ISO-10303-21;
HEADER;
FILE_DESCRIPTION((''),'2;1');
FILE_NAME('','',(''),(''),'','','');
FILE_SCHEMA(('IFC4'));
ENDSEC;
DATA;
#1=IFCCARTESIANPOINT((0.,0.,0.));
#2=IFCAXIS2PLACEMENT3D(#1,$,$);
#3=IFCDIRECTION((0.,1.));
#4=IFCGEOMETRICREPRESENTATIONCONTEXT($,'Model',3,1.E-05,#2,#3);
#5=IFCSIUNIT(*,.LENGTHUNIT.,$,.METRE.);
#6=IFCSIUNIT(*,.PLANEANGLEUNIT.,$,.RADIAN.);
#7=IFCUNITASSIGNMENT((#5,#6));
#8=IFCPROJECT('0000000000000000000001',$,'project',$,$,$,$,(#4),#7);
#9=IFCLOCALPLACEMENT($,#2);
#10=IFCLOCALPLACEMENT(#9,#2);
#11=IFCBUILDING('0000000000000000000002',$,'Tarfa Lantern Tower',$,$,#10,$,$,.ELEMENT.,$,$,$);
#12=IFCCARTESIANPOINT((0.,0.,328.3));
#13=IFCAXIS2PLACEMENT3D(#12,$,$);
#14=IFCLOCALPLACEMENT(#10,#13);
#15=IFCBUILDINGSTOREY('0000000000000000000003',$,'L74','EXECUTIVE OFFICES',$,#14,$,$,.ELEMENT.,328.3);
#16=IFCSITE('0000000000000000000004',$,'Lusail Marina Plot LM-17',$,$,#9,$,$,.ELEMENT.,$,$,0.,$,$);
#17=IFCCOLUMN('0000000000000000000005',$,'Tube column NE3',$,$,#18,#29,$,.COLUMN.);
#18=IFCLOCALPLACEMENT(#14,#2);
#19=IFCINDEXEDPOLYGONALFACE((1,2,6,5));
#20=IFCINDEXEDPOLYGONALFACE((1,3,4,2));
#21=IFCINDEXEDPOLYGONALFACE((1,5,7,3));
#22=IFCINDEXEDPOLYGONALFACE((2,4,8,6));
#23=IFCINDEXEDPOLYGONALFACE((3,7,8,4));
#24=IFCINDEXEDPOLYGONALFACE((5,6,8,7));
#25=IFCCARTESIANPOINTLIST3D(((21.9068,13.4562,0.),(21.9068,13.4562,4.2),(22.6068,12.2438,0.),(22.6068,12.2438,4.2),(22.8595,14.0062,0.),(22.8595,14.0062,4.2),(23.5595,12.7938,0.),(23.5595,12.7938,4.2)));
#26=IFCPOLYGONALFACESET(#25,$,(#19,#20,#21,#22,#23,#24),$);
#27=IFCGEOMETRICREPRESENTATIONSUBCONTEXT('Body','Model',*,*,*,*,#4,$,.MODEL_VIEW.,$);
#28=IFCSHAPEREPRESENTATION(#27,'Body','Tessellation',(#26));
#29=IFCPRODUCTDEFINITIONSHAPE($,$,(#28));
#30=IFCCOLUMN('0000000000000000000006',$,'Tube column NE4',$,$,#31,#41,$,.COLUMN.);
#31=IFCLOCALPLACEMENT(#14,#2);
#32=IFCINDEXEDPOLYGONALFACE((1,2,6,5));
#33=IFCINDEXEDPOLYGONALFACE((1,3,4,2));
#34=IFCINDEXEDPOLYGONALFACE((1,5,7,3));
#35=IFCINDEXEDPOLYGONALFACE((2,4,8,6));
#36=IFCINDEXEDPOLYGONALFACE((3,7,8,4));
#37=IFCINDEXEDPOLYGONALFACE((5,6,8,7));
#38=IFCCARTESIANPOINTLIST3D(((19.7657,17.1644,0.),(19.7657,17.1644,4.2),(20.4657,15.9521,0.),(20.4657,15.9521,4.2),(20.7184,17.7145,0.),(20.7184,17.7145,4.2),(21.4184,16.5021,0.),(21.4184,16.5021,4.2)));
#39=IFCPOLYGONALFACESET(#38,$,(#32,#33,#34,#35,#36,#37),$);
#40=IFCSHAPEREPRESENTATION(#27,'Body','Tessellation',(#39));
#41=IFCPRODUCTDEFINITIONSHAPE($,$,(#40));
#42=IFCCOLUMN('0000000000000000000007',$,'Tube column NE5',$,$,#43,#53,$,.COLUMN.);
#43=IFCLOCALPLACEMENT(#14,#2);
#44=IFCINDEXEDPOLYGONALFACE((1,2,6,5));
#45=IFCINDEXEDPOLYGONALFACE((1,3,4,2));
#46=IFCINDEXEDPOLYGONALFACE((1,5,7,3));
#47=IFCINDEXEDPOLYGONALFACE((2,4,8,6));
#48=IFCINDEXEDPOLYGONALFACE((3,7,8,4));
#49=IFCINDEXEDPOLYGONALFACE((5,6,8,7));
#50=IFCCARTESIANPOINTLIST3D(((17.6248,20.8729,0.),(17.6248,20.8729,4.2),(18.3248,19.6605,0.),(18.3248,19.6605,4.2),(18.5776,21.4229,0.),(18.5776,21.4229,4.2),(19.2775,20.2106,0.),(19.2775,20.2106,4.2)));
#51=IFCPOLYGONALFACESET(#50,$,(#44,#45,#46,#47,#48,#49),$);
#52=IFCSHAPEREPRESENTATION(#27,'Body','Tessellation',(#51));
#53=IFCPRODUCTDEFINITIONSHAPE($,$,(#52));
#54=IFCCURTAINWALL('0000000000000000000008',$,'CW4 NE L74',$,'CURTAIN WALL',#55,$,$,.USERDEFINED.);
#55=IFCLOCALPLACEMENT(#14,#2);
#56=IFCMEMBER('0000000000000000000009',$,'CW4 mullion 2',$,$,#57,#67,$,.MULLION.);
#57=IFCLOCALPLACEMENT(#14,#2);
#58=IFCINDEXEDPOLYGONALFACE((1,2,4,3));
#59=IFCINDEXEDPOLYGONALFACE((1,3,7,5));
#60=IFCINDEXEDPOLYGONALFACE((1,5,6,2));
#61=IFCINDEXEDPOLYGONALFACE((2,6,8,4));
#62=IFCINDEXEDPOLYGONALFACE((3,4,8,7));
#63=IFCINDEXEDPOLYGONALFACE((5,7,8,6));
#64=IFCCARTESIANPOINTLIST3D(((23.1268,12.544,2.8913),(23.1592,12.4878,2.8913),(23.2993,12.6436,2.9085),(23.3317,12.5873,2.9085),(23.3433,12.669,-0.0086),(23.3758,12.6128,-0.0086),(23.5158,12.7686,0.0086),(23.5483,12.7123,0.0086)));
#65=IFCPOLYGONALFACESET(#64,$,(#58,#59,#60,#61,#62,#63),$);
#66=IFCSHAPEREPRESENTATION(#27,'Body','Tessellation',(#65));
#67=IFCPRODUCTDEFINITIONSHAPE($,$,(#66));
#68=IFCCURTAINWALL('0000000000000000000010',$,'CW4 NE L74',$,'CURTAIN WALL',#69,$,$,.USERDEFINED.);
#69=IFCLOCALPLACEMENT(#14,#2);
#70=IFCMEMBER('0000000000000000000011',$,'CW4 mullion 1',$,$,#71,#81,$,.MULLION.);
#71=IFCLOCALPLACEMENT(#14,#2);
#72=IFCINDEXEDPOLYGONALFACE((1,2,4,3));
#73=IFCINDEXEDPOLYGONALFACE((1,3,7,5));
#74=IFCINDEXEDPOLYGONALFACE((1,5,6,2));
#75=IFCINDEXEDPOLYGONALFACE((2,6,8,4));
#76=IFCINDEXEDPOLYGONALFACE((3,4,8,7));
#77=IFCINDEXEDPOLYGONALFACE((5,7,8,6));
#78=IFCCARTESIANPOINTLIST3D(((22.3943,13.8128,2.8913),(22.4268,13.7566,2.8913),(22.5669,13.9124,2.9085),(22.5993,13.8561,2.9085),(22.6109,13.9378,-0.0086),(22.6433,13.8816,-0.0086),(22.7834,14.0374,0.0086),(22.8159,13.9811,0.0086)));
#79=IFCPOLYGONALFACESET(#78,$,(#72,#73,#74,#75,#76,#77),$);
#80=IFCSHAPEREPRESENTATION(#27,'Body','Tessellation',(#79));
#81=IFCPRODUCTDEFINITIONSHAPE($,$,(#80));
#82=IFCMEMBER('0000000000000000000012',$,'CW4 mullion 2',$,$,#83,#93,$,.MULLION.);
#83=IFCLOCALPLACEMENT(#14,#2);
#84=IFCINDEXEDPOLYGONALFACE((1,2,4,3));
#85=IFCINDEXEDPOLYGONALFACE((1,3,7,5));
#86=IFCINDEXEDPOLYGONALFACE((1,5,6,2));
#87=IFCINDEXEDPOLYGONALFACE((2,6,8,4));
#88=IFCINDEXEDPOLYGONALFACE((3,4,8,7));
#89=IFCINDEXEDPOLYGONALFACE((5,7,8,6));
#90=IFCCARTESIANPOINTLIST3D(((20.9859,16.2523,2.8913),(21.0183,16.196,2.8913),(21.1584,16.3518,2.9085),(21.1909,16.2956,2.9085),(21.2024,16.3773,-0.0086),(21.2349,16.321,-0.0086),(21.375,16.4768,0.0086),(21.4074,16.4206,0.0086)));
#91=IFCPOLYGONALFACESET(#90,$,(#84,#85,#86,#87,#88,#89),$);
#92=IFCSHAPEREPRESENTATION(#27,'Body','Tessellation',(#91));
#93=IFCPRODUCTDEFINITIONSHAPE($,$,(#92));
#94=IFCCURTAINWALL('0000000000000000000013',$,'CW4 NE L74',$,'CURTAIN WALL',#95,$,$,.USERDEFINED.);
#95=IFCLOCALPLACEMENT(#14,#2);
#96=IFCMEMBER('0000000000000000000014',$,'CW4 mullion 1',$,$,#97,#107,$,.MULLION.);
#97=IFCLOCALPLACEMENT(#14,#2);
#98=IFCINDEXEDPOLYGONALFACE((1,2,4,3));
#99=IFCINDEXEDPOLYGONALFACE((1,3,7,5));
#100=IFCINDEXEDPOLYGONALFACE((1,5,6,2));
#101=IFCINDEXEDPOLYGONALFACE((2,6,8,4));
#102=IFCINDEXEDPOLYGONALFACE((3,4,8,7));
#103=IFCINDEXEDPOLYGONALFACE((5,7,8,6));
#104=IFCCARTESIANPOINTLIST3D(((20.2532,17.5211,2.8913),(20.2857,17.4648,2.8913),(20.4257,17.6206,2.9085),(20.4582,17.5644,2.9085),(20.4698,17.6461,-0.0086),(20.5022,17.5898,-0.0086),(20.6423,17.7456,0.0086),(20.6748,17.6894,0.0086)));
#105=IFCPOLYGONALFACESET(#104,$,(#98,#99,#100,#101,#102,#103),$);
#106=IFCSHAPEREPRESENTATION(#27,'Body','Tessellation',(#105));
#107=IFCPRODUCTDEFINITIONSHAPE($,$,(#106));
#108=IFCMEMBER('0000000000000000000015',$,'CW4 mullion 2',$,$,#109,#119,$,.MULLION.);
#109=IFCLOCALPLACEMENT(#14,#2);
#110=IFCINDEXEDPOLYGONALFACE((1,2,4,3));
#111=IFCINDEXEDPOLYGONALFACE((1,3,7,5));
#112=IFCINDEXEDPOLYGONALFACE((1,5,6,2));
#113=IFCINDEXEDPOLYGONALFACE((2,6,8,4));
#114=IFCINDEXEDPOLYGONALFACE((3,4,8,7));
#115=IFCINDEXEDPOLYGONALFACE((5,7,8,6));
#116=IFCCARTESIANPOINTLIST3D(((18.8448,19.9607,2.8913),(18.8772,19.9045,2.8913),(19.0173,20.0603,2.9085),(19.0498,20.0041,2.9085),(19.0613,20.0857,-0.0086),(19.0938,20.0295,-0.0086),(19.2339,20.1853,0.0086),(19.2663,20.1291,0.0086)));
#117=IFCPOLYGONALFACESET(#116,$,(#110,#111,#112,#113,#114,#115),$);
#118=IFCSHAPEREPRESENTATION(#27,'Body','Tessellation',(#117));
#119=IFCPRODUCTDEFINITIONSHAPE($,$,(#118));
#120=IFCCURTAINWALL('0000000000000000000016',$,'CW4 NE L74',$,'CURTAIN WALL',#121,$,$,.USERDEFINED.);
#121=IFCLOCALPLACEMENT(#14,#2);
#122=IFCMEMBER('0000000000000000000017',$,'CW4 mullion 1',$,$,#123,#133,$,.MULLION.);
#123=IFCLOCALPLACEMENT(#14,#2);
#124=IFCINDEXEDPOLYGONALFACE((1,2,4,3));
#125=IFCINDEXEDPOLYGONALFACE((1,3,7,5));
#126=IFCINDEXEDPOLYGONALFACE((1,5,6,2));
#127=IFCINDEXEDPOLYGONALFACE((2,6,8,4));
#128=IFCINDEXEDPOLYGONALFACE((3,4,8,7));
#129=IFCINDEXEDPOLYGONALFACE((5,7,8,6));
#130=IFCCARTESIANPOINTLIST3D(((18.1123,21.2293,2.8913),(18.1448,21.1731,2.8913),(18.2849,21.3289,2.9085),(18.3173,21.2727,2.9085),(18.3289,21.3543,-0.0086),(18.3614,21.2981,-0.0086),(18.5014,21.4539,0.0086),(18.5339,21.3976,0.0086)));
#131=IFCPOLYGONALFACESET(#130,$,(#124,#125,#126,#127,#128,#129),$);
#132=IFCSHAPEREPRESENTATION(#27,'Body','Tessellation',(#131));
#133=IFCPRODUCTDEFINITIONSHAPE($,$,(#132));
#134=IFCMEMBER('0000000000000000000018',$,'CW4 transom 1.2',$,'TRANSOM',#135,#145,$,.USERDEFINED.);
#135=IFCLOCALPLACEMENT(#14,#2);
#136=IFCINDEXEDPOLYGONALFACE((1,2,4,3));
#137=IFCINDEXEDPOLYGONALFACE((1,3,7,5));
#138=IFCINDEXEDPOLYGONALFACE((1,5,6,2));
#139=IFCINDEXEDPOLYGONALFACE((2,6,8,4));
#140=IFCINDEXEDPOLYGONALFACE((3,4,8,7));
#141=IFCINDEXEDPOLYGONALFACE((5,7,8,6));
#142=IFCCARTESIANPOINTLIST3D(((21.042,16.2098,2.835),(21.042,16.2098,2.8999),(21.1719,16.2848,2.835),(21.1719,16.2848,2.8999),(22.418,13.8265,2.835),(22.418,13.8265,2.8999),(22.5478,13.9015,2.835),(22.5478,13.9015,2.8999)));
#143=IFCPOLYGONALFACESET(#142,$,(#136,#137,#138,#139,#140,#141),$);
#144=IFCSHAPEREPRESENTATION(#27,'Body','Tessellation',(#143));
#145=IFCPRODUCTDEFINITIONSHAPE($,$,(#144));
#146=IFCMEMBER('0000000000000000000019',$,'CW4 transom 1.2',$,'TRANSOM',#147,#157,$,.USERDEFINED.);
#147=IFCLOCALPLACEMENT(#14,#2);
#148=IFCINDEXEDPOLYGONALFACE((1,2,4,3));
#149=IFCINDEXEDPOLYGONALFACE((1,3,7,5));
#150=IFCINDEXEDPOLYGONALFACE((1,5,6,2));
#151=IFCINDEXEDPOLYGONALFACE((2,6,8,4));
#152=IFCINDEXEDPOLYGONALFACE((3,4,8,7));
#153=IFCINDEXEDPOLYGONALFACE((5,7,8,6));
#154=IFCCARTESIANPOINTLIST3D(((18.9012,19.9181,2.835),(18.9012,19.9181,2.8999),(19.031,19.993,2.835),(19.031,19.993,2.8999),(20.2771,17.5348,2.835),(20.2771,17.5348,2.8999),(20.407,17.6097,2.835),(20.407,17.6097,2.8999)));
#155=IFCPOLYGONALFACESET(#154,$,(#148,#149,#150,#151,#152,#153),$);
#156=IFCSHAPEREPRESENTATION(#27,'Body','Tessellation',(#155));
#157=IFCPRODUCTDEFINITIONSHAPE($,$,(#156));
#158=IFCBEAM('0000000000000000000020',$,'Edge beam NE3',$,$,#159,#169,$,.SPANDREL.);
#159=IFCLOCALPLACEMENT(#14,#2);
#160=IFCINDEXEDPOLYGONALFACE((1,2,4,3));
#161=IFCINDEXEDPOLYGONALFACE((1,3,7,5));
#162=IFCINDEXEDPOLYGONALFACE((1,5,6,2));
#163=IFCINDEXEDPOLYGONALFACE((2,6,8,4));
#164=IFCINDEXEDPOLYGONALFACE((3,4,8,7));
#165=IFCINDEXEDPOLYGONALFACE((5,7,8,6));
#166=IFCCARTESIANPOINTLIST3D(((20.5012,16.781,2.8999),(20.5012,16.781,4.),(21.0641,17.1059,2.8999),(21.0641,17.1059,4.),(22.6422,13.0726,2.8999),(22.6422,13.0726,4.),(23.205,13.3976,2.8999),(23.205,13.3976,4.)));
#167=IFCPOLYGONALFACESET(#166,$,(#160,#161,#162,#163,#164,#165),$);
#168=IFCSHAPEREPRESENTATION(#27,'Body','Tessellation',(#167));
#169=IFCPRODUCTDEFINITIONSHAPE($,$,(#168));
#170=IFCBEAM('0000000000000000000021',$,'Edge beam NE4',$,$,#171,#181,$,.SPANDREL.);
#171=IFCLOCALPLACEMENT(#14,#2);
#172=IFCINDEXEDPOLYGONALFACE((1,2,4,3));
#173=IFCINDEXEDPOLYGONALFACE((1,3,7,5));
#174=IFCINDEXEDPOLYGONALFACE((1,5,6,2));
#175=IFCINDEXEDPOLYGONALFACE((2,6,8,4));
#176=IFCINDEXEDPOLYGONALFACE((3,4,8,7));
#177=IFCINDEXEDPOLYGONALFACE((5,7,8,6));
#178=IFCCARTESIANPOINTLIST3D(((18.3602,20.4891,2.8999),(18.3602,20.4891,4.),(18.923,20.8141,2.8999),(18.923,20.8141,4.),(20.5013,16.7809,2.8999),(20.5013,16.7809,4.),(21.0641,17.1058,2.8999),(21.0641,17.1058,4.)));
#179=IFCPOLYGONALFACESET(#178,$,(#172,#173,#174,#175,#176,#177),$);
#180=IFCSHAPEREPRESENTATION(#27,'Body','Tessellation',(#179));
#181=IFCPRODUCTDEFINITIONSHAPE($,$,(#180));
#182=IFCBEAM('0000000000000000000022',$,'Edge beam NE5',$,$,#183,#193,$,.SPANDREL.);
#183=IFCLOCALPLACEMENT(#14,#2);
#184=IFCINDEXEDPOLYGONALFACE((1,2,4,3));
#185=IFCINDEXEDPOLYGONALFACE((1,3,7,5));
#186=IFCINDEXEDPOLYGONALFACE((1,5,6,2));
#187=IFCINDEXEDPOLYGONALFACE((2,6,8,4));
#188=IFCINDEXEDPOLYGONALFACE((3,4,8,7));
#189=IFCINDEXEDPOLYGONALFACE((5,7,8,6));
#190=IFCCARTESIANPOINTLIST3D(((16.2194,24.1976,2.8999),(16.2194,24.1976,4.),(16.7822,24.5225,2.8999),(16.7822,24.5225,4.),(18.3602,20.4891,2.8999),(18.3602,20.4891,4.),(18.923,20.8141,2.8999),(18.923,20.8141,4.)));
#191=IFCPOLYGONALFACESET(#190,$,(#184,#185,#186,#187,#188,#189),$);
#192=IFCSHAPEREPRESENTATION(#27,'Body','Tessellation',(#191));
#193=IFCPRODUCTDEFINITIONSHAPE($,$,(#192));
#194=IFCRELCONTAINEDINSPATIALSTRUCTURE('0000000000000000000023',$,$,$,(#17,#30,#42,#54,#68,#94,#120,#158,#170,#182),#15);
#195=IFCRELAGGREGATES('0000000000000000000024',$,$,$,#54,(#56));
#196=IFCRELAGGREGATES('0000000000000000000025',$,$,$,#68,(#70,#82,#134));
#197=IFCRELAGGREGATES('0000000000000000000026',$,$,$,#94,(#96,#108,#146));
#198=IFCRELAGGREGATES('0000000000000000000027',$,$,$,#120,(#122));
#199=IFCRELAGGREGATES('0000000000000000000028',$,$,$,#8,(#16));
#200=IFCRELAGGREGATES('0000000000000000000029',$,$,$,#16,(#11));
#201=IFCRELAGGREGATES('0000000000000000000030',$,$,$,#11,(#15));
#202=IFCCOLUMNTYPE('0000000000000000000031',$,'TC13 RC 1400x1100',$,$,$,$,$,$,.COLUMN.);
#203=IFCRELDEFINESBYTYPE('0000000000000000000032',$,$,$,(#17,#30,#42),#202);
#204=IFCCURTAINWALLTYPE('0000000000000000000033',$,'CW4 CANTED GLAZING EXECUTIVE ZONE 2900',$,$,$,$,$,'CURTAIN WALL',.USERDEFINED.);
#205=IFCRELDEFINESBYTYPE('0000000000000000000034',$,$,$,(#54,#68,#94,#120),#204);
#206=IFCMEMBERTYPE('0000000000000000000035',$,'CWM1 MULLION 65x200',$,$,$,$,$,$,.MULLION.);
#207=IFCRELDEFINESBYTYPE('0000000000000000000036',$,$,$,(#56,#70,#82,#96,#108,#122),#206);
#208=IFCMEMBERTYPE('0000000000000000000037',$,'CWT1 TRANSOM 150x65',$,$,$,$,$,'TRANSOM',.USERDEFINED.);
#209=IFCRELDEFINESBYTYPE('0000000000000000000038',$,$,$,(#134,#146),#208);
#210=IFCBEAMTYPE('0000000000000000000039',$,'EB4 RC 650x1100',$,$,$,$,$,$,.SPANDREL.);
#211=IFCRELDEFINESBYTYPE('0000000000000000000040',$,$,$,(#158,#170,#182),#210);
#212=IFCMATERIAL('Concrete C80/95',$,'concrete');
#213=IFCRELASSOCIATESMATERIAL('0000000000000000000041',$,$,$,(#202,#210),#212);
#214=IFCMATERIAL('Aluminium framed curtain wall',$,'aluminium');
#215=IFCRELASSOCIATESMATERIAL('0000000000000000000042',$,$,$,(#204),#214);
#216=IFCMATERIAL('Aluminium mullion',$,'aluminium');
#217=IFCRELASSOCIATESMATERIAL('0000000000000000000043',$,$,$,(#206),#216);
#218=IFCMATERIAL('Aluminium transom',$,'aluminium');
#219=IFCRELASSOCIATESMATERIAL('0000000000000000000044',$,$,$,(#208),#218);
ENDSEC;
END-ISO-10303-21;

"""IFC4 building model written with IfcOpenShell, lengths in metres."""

from ifc_helpers import new_model, si_unit, direction, frame, origin, origin_2d, place, context, subcontext, project, spatial, rectangle, extrude, material, material_profile, profile_set, type_object, element, aggregate, save


model = new_model("IFC4")

# Units and contexts
model_context = context("Model", 3, precision=1e-05, world=origin(), true_north=direction((0.0, 1.0)))
body_context = subcontext(model_context, "Body", "Model", "MODEL_VIEW")
ifc_project = project(units=[si_unit("LENGTHUNIT", "METRE"), si_unit("PLANEANGLEUNIT", "RADIAN")], contexts=[model_context])

# Site, building, storey
site_placement = place(None, origin())
site = spatial("IfcSite", under=ifc_project, at=site_placement, Name="Lusail Marina Plot LM-17", CompositionType="ELEMENT", RefElevation=0.0)
building_placement = place(site_placement, origin())
building = spatial("IfcBuilding", under=site, at=building_placement, Name="Tarfa Lantern Tower", CompositionType="ELEMENT")
storey_placement = place(building_placement, frame((0.0, 0.0, 328.3)))
storey = spatial("IfcBuildingStorey", under=building, at=storey_placement, Name="L74", Description="EXECUTIVE OFFICES", CompositionType="ELEMENT", Elevation=328.3)

# Columns
ifc_material_1 = material(Name="Concrete C80/95", Category="concrete")
ifc_material_profile_1 = material_profile(ifc_material_1, rectangle(XDim=1.3999, YDim=1.1001, at=origin_2d()), Name="RC 1400x1100")
ifc_profile_set_1 = profile_set([ifc_material_profile_1], Name="Concrete C80/95")
column_type = type_object("IfcColumnType", Name="TC13 RC 1400x1100", PredefinedType="COLUMN", material=ifc_profile_set_1)
for number, where, z_axis, x_axis, name in (
    (1, (22.7332, 13.125, 0.0), (0.0, 0.0, 1.0), (-0.5, 0.866025, 0.0), "Tube column NE3"),
    (2, (20.592, 16.8333, 0.0), (0.0, 0.0, 1.0), (-0.5, 0.866025, 0.0), "Tube column NE4"),
    (3, (18.4512, 20.5417, 0.0), (0.0, 0.0, 1.0), (-0.5, 0.866025, 0.0), "Tube column NE5"),
):
    element("IfcColumn", number, at=place(storey_placement, frame(where, z_axis=z_axis, x_axis=x_axis)), inside=storey, type_object=column_type, Name=name, PredefinedType="COLUMN", context=body_context, shape_type="SweptSolid", body=[
        extrude(rectangle(XDim=1.3999, YDim=1.1001, at=origin_2d()), origin(), (0.0, 0.0, 1.0), 4.2),
    ])

# Curtain wall, member
ifc_material_2 = material(Name="Aluminium framed curtain wall", Category="aluminium")
curtain_wall_type = type_object("IfcCurtainWallType", Name="CW4 CANTED GLAZING EXECUTIVE ZONE 2900", ElementType="CURTAIN WALL", PredefinedType="USERDEFINED", material=ifc_material_2)
curtain_wall_1_placement = place(storey_placement, origin())
curtain_wall_1 = element("IfcCurtainWall", 4, at=curtain_wall_1_placement, inside=storey, type_object=curtain_wall_type, Name="CW4 NE L74", ObjectType="CURTAIN WALL", PredefinedType="USERDEFINED")
ifc_material_3 = material(Name="Aluminium mullion", Category="aluminium")
ifc_material_profile_2 = material_profile(ifc_material_3, rectangle(XDim=0.0649, YDim=0.2, at=origin_2d()), Name="AL MULLION 65x200")
ifc_profile_set_2 = profile_set([ifc_material_profile_2], Name="Aluminium mullion")
member_type_1 = type_object("IfcMemberType", Name="CWM1 MULLION 65x200", PredefinedType="MULLION", material=ifc_profile_set_2)
member_1_placement = place(storey_placement, frame((23.4458, 12.6907, 0.0), z_axis=(-0.0744, -0.042946, 0.996303), x_axis=(0.49992, -0.866072, 0.0)))
member_1 = element("IfcMember", 5, at=member_1_placement, type_object=member_type_1, Name="CW4 mullion 2", PredefinedType="MULLION", context=body_context, shape_type="SweptSolid", body=[
    extrude(rectangle(XDim=0.0649, YDim=0.2, at=origin_2d()), origin(), (0.0, 0.0, 1.0), 2.9106),
])
aggregate(curtain_wall_1, [member_1])

# Curtain walls, members
curtain_wall_2_placement = place(storey_placement, origin())
curtain_wall_2 = element("IfcCurtainWall", 6, at=curtain_wall_2_placement, inside=storey, type_object=curtain_wall_type, Name="CW4 NE L74", ObjectType="CURTAIN WALL", PredefinedType="USERDEFINED")
member_2_placement = place(storey_placement, frame((22.7134, 13.9595, 0.0), z_axis=(-0.0744, -0.042946, 0.996303), x_axis=(0.49992, -0.866072, 0.0)))
member_2 = element("IfcMember", 7, at=member_2_placement, type_object=member_type_1, Name="CW4 mullion 1", PredefinedType="MULLION", context=body_context, shape_type="SweptSolid", body=[
    extrude(rectangle(XDim=0.0649, YDim=0.2, at=origin_2d()), origin(), (0.0, 0.0, 1.0), 2.9106),
])
member_3_placement = place(storey_placement, frame((21.3049, 16.3989, 0.0), z_axis=(-0.0744, -0.042946, 0.996303), x_axis=(0.49992, -0.866072, 0.0)))
member_3 = element("IfcMember", 8, at=member_3_placement, type_object=member_type_1, Name="CW4 mullion 2", PredefinedType="MULLION", context=body_context, shape_type="SweptSolid", body=[
    extrude(rectangle(XDim=0.0649, YDim=0.2, at=origin_2d()), origin(), (0.0, 0.0, 1.0), 2.9106),
])
curtain_wall_3_placement = place(storey_placement, origin())
curtain_wall_3 = element("IfcCurtainWall", 9, at=curtain_wall_3_placement, inside=storey, type_object=curtain_wall_type, Name="CW4 NE L74", ObjectType="CURTAIN WALL", PredefinedType="USERDEFINED")
member_4_placement = place(storey_placement, frame((20.5723, 17.6677, 0.0), z_axis=(-0.0744, -0.042946, 0.996303), x_axis=(0.49992, -0.866072, 0.0)))
member_4 = element("IfcMember", 10, at=member_4_placement, type_object=member_type_1, Name="CW4 mullion 1", PredefinedType="MULLION", context=body_context, shape_type="SweptSolid", body=[
    extrude(rectangle(XDim=0.0649, YDim=0.2, at=origin_2d()), origin(), (0.0, 0.0, 1.0), 2.9106),
])
member_5_placement = place(storey_placement, frame((19.1638, 20.1074, 0.0), z_axis=(-0.0744, -0.042946, 0.996303), x_axis=(0.49992, -0.866072, 0.0)))
member_5 = element("IfcMember", 11, at=member_5_placement, type_object=member_type_1, Name="CW4 mullion 2", PredefinedType="MULLION", context=body_context, shape_type="SweptSolid", body=[
    extrude(rectangle(XDim=0.0649, YDim=0.2, at=origin_2d()), origin(), (0.0, 0.0, 1.0), 2.9106),
])

# Curtain wall, member
curtain_wall_4_placement = place(storey_placement, origin())
curtain_wall_4 = element("IfcCurtainWall", 12, at=curtain_wall_4_placement, inside=storey, type_object=curtain_wall_type, Name="CW4 NE L74", ObjectType="CURTAIN WALL", PredefinedType="USERDEFINED")
member_6_placement = place(storey_placement, frame((18.4314, 21.376, 0.0), z_axis=(-0.0744, -0.042946, 0.996303), x_axis=(0.49992, -0.866072, 0.0)))
member_6 = element("IfcMember", 13, at=member_6_placement, type_object=member_type_1, Name="CW4 mullion 1", PredefinedType="MULLION", context=body_context, shape_type="SweptSolid", body=[
    extrude(rectangle(XDim=0.0649, YDim=0.2, at=origin_2d()), origin(), (0.0, 0.0, 1.0), 2.9106),
])

# Members
ifc_material_4 = material(Name="Aluminium transom", Category="aluminium")
ifc_material_profile_3 = material_profile(ifc_material_4, rectangle(XDim=0.1499, YDim=0.0649, at=origin_2d()), Name="AL TRANSOM 150x65")
ifc_profile_set_3 = profile_set([ifc_material_profile_3], Name="Aluminium transom")
member_type_2 = type_object("IfcMemberType", Name="CWT1 TRANSOM 150x65", ElementType="TRANSOM", PredefinedType="USERDEFINED", material=ifc_profile_set_3)
member_7_placement = place(storey_placement, frame((22.4829, 13.864, 2.8674), z_axis=(-0.499994, 0.866029, 0.0), x_axis=(-0.866029, -0.499994, 0.0)))
member_7 = element("IfcMember", 14, at=member_7_placement, type_object=member_type_2, Name="CW4 transom 1.2", ObjectType="TRANSOM", PredefinedType="USERDEFINED", context=body_context, shape_type="SweptSolid", body=[
    extrude(rectangle(XDim=0.1499, YDim=0.0649, at=origin_2d()), origin(), (0.0, 0.0, 1.0), 2.752),
])
member_8_placement = place(storey_placement, frame((20.342, 17.5723, 2.8674), z_axis=(-0.499994, 0.866029, 0.0), x_axis=(-0.866029, -0.499994, 0.0)))
member_8 = element("IfcMember", 15, at=member_8_placement, type_object=member_type_2, Name="CW4 transom 1.2", ObjectType="TRANSOM", PredefinedType="USERDEFINED", context=body_context, shape_type="SweptSolid", body=[
    extrude(rectangle(XDim=0.1499, YDim=0.0649, at=origin_2d()), origin(), (0.0, 0.0, 1.0), 2.752),
])

# Beams
ifc_material_profile_4 = material_profile(ifc_material_1, rectangle(XDim=0.6499, YDim=1.1001, at=origin_2d()), Name="RC 650x1100")
ifc_profile_set_4 = profile_set([ifc_material_profile_4], Name="Concrete C80/95")
beam_type_1 = type_object("IfcBeamType", Name="EB4 RC 650x1100", PredefinedType="SPANDREL", material=ifc_profile_set_4)
for number, where, z_axis, x_axis, name in (
    (16, (22.9236, 13.2351, 3.45), (-0.499984, 0.866035, 0.0), (-0.866035, -0.499984, 0.0), "Edge beam NE3"),
    (17, (20.7827, 16.9434, 3.45), (-0.500027, 0.86601, 0.0), (-0.86601, -0.500027, 0.0), "Edge beam NE4"),
    (18, (18.6416, 20.6516, 3.45), (-0.499959, 0.866049, 0.0), (-0.866049, -0.499959, 0.0), "Edge beam NE5"),
):
    element("IfcBeam", number, at=place(storey_placement, frame(where, z_axis=z_axis, x_axis=x_axis)), inside=storey, type_object=beam_type_1, Name=name, PredefinedType="SPANDREL", context=body_context, shape_type="SweptSolid", body=[
        extrude(rectangle(XDim=0.6499, YDim=1.1001, at=origin_2d()), origin(), (0.0, 0.0, 1.0), 4.282),
    ])

aggregate(curtain_wall_2, [member_2, member_3, member_7])
aggregate(curtain_wall_3, [member_4, member_5, member_8])
aggregate(curtain_wall_4, [member_6])

save(model, "model.ifc")
